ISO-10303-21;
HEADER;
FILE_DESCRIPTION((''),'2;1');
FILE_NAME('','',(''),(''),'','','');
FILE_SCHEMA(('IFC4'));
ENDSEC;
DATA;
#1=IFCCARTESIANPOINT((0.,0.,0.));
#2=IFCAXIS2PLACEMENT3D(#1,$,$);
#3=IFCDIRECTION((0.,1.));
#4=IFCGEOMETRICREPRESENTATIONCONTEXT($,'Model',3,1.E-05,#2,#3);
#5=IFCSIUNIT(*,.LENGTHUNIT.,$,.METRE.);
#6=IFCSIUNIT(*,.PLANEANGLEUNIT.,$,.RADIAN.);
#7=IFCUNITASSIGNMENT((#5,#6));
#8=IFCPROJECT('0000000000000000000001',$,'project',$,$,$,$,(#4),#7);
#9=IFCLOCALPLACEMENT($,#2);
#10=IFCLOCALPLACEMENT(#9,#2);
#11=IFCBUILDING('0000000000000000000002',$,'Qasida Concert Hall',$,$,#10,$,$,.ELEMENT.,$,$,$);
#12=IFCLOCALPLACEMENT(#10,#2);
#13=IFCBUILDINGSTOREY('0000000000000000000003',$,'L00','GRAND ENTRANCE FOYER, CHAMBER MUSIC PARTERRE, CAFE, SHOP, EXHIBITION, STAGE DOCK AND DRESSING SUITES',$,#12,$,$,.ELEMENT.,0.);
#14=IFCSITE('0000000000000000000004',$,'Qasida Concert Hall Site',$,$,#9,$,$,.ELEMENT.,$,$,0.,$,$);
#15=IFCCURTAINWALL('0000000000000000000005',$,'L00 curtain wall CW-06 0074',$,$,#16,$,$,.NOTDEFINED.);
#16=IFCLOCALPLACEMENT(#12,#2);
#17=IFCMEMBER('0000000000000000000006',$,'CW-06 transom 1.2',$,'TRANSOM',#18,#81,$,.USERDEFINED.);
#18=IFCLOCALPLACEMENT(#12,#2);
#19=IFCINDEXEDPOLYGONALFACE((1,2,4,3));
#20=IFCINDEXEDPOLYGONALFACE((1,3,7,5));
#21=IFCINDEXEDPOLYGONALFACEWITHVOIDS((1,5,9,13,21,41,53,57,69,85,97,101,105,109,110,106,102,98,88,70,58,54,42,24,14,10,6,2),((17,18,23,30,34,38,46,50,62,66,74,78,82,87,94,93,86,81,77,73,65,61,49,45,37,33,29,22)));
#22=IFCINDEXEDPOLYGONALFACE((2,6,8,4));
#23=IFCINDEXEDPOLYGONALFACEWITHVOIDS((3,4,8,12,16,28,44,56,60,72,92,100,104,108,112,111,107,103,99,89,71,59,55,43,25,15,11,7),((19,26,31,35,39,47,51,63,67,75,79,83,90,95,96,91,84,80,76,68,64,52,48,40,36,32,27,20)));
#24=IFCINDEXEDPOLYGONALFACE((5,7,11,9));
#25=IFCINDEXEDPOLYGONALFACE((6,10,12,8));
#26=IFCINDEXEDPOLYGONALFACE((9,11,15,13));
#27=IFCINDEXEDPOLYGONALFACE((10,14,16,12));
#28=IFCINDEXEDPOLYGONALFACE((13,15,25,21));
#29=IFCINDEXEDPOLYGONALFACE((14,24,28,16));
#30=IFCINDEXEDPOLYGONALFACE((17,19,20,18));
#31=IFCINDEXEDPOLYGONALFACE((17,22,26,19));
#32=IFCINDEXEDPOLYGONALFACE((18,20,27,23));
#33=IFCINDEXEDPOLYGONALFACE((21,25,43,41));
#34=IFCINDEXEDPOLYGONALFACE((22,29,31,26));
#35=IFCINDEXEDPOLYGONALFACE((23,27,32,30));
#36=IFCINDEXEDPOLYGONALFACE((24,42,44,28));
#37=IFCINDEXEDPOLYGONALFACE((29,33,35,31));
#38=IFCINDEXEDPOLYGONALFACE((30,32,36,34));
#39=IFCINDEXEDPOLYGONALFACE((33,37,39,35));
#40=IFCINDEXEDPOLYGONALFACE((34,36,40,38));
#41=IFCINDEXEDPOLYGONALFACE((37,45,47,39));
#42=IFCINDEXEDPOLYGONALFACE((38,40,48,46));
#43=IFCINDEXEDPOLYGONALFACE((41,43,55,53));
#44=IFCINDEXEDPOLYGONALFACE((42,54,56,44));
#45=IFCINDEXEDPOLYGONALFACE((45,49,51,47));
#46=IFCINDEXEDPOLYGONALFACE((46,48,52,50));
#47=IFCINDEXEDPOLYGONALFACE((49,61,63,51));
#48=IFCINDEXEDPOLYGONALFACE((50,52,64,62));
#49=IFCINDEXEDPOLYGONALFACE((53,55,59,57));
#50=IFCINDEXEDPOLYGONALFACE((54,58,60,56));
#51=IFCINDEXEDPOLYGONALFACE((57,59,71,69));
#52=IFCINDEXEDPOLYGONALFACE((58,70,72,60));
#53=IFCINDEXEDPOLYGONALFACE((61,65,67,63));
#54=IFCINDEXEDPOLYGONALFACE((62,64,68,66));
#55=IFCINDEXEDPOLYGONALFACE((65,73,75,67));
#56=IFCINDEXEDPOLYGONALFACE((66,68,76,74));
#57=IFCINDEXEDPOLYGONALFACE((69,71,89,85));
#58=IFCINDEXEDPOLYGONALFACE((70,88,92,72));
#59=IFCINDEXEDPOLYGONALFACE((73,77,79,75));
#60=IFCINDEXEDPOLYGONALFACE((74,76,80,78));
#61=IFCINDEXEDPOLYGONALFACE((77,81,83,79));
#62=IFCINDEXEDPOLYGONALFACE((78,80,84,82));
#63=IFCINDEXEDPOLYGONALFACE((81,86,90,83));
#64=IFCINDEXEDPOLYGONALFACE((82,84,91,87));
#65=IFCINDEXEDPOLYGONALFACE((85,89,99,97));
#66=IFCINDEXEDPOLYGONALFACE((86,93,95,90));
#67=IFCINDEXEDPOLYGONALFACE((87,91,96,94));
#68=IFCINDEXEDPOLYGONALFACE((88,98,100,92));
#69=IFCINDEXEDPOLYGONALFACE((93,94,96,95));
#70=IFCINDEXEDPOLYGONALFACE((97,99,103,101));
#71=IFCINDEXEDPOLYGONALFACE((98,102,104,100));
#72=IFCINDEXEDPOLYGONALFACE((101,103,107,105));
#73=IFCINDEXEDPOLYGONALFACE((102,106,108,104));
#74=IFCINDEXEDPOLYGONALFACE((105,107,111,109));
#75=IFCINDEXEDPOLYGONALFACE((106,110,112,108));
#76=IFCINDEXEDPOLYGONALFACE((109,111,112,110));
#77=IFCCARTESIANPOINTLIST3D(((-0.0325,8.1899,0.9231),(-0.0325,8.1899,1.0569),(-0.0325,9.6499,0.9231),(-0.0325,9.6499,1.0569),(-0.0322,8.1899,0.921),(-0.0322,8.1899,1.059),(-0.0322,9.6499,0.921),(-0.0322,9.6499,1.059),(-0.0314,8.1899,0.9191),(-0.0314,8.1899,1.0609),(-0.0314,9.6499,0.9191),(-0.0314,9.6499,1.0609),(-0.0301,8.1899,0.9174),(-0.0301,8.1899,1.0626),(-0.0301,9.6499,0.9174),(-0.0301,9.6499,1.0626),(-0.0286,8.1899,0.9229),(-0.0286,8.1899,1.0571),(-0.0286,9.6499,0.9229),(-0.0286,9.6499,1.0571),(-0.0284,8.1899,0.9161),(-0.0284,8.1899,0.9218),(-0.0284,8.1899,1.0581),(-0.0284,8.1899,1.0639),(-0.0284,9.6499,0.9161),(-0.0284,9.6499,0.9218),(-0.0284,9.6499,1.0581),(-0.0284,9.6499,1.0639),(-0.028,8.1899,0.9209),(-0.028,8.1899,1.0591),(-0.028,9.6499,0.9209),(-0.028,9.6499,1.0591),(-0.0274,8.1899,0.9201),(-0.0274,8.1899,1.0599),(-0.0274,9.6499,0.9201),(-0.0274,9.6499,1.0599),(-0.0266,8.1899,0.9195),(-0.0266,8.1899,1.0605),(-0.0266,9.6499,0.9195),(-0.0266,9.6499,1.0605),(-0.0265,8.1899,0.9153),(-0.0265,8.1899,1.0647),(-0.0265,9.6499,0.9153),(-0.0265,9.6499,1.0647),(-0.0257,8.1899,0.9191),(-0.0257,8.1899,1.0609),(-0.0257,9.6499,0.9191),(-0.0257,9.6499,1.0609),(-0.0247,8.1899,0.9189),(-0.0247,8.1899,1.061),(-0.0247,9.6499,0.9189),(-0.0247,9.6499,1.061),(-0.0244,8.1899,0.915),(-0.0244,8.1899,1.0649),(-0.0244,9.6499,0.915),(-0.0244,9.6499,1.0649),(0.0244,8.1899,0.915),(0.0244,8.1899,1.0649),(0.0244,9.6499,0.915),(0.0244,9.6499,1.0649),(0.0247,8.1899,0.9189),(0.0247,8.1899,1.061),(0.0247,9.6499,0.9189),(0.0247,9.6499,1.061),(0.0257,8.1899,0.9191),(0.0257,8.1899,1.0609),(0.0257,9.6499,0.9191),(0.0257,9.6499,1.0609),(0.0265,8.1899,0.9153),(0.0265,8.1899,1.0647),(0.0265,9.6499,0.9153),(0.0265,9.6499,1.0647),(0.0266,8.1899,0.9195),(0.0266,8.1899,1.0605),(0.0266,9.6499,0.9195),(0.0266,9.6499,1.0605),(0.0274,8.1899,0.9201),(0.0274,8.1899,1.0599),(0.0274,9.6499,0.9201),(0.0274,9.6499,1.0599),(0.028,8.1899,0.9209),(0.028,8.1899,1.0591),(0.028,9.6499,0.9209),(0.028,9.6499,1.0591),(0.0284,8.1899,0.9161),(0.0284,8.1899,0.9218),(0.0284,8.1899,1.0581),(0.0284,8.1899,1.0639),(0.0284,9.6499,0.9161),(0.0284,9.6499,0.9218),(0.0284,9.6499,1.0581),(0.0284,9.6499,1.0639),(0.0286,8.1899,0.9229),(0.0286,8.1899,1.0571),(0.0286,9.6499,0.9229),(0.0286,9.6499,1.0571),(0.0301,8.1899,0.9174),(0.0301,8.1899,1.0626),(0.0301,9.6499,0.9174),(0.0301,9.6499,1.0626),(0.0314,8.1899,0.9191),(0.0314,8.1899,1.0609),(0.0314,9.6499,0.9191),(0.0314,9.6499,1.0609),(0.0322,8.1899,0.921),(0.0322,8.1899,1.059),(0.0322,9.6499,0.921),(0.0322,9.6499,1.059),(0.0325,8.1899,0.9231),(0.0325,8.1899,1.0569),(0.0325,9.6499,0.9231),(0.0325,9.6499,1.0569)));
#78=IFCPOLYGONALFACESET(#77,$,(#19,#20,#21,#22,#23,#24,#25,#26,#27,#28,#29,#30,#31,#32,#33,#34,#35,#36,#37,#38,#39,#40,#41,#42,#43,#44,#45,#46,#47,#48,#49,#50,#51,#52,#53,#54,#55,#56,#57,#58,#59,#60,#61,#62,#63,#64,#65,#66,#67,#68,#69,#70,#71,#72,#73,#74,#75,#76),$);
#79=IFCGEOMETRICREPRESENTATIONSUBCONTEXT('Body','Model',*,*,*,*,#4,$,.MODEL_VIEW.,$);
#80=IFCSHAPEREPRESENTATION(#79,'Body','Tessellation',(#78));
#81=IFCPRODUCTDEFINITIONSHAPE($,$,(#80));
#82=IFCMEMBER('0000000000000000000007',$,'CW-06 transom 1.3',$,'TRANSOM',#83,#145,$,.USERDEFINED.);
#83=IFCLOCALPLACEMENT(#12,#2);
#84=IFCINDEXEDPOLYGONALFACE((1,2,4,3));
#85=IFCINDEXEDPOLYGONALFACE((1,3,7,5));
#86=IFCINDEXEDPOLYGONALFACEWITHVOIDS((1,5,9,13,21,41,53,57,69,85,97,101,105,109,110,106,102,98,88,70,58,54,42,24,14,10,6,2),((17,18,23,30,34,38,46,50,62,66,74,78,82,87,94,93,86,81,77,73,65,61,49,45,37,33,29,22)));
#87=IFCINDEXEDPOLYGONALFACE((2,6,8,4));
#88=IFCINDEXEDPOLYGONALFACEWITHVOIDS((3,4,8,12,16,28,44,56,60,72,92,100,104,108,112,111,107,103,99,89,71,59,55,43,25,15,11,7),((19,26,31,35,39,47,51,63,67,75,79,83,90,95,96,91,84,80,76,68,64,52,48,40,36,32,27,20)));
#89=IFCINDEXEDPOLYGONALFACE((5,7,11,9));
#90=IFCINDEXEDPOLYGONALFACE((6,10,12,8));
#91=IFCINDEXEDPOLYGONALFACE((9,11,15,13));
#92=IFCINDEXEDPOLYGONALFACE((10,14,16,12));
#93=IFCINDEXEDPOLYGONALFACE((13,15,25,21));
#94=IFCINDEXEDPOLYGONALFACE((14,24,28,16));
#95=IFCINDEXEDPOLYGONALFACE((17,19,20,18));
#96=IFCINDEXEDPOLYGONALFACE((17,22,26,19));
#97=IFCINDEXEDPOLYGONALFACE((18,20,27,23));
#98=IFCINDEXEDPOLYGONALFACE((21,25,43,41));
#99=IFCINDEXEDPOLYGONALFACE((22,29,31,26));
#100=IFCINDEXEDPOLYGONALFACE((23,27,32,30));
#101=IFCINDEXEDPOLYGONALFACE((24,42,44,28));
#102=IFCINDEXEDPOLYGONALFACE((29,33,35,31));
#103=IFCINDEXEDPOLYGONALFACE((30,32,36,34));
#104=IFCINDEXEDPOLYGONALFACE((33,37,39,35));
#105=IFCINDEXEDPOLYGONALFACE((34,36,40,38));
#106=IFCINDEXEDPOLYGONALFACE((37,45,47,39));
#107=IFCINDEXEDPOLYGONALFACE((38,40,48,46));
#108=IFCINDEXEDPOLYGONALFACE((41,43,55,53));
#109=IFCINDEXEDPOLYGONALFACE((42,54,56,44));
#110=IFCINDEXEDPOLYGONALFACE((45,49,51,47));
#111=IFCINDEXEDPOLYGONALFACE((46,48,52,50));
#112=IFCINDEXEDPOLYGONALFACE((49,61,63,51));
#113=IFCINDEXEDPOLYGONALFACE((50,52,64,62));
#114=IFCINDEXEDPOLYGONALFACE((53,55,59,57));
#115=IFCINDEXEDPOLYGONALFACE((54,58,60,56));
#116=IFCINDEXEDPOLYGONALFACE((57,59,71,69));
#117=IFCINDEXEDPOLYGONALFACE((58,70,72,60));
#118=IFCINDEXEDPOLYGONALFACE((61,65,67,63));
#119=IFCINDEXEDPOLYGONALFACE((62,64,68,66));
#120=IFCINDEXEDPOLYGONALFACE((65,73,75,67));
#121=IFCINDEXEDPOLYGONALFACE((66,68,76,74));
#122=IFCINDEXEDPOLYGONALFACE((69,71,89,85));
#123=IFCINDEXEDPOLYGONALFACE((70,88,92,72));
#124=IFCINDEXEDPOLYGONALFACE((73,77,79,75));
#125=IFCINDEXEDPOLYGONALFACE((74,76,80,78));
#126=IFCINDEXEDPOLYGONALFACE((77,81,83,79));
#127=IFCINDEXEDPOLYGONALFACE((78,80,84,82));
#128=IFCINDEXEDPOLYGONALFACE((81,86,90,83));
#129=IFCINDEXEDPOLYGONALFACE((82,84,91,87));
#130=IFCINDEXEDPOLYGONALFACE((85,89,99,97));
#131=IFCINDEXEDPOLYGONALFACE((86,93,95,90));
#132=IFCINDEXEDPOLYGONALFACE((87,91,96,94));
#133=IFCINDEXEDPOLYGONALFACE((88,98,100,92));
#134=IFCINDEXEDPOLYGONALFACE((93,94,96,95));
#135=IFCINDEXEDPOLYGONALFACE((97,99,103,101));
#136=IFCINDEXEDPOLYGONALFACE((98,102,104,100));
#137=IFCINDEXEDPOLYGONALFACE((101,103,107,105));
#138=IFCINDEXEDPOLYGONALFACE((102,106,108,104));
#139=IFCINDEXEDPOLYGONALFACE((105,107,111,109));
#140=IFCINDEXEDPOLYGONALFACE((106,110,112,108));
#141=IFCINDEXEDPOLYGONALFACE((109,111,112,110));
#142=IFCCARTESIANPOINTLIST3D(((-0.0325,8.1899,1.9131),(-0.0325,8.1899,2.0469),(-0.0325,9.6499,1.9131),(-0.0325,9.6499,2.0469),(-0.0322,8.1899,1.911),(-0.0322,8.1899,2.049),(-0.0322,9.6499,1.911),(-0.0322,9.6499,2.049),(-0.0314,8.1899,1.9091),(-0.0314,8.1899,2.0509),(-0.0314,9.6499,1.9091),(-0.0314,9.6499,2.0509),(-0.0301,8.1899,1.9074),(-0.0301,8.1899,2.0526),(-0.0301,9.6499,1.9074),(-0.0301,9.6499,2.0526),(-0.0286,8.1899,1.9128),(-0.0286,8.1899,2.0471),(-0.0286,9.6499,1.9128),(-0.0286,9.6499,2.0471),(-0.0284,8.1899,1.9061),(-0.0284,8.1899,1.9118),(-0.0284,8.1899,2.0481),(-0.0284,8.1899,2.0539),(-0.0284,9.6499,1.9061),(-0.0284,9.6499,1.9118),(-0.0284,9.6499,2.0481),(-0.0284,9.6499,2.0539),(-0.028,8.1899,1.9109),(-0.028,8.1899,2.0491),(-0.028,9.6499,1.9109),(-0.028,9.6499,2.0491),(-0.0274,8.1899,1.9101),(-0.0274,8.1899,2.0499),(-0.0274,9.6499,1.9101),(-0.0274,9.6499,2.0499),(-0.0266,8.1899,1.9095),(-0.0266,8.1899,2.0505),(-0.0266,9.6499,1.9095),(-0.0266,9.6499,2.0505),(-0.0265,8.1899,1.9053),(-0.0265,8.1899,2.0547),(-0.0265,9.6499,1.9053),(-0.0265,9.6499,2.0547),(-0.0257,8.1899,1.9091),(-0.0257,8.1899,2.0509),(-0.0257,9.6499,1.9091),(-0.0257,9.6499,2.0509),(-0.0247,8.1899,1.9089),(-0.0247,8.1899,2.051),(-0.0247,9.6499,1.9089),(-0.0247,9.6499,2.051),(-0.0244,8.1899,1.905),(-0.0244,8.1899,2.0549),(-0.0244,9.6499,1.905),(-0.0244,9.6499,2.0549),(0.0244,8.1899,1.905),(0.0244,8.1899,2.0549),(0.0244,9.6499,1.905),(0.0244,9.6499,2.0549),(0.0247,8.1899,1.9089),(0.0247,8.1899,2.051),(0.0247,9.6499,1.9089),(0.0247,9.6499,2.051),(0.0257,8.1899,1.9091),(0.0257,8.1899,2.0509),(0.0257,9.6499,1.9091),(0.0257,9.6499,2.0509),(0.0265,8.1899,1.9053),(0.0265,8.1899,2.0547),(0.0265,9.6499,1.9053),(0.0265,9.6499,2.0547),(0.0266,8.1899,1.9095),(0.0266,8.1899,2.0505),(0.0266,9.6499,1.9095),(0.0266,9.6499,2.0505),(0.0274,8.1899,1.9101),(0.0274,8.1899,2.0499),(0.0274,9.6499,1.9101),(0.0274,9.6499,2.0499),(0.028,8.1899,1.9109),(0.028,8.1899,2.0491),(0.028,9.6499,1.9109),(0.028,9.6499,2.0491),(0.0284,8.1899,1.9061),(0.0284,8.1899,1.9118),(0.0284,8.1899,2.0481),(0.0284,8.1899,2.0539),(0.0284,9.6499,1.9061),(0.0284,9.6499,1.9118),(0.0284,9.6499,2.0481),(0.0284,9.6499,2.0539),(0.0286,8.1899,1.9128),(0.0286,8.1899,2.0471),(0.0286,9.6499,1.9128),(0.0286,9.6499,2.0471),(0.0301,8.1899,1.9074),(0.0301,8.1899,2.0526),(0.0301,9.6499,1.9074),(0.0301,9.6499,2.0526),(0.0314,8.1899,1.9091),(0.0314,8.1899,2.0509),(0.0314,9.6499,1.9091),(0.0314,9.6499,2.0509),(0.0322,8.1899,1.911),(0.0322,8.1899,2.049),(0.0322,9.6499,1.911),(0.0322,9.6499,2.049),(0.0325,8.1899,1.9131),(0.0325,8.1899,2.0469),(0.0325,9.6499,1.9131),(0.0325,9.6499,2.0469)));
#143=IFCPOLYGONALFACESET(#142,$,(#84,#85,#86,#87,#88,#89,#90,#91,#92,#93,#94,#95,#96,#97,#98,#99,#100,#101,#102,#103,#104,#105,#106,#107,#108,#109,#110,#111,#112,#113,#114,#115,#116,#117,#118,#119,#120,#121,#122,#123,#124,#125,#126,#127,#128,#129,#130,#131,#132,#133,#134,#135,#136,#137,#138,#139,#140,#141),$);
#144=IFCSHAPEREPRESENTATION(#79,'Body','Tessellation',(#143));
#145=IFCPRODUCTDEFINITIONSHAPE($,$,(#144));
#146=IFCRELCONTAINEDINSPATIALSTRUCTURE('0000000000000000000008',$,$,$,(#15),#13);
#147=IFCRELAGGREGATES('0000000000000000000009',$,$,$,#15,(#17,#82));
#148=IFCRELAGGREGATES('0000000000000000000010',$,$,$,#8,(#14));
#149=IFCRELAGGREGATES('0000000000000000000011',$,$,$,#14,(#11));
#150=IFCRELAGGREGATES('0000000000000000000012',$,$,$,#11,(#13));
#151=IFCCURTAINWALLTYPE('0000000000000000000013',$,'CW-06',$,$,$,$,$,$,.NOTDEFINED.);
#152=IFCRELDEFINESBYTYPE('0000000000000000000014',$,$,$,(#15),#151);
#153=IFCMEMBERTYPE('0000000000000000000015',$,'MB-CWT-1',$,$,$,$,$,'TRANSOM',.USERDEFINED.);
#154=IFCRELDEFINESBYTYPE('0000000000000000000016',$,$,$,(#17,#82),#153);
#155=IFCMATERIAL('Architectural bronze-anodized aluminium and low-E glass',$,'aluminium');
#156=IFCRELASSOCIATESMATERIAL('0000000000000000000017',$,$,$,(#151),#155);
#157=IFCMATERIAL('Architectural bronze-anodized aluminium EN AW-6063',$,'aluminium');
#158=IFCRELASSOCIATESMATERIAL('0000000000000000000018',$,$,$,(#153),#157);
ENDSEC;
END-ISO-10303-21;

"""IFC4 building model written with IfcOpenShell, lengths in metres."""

from ifc_helpers import new_model, si_unit, direction, frame, origin, origin_2d, place, context, subcontext, project, spatial, hollow_rectangle, extrude, material, material_profile, profile_set, type_object, element, aggregate, save


model = new_model("IFC4")

# Units and contexts
model_context = context("Model", 3, precision=1e-05, world=origin(), true_north=direction((0.0, 1.0)))
body_context = subcontext(model_context, "Body", "Model", "MODEL_VIEW")
ifc_project = project(units=[si_unit("LENGTHUNIT", "METRE"), si_unit("PLANEANGLEUNIT", "RADIAN")], contexts=[model_context])

# Site, building, storey
site_placement = place(None, origin())
site = spatial("IfcSite", under=ifc_project, at=site_placement, Name="Qasida Concert Hall Site", CompositionType="ELEMENT", RefElevation=0.0)
building_placement = place(site_placement, origin())
building = spatial("IfcBuilding", under=site, at=building_placement, Name="Qasida Concert Hall", CompositionType="ELEMENT")
storey_placement = place(building_placement, origin())
storey = spatial("IfcBuildingStorey", under=building, at=storey_placement, Name="L00", Description="GRAND ENTRANCE FOYER, CHAMBER MUSIC PARTERRE, CAFE, SHOP, EXHIBITION, STAGE DOCK AND DRESSING SUITES", CompositionType="ELEMENT", Elevation=0.0)

# Curtain wall, members
ifc_material_1 = material(Name="Architectural bronze-anodized aluminium and low-E glass", Category="aluminium")
curtain_wall_type = type_object("IfcCurtainWallType", Name="CW-06", PredefinedType="NOTDEFINED", material=ifc_material_1)
curtain_wall_placement = place(storey_placement, origin())
curtain_wall = element("IfcCurtainWall", 1, at=curtain_wall_placement, inside=storey, type_object=curtain_wall_type, Name="L00 curtain wall CW-06 0074", PredefinedType="NOTDEFINED")
ifc_material_2 = material(Name="Architectural bronze-anodized aluminium EN AW-6063", Category="aluminium")
ifc_material_profile_1 = material_profile(ifc_material_2, hollow_rectangle(XDim=0.0649, YDim=0.1499, WallThickness=0.0039, InnerFilletRadius=0.0039, OuterFilletRadius=0.0081, at=origin_2d()), Name="CWT 150x65x4")
ifc_profile_set_1 = profile_set([ifc_material_profile_1], Name="Architectural bronze-anodized aluminium EN AW-6063")
member_type_1 = type_object("IfcMemberType", Name="MB-CWT-1", ElementType="TRANSOM", PredefinedType="USERDEFINED", material=ifc_profile_set_1)
member_1_placement = place(storey_placement, frame((0.0, 8.1899, 0.99), z_axis=(0.0, 1.0, 0.0), x_axis=(-1.0, 0.0, 0.0)))
member_1 = element("IfcMember", 2, at=member_1_placement, type_object=member_type_1, Name="CW-06 transom 1.2", ObjectType="TRANSOM", PredefinedType="USERDEFINED", context=body_context, shape_type="SweptSolid", body=[
    extrude(hollow_rectangle(XDim=0.0649, YDim=0.1499, WallThickness=0.0039, InnerFilletRadius=0.0039, OuterFilletRadius=0.0081, at=origin_2d()), origin(), (0.0, 0.0, 1.0), 1.46),
])
member_2_placement = place(storey_placement, frame((0.0, 8.1899, 1.98), z_axis=(0.0, 1.0, 0.0), x_axis=(-1.0, 0.0, 0.0)))
member_2 = element("IfcMember", 3, at=member_2_placement, type_object=member_type_1, Name="CW-06 transom 1.3", ObjectType="TRANSOM", PredefinedType="USERDEFINED", context=body_context, shape_type="SweptSolid", body=[
    extrude(hollow_rectangle(XDim=0.0649, YDim=0.1499, WallThickness=0.0039, InnerFilletRadius=0.0039, OuterFilletRadius=0.0081, at=origin_2d()), origin(), (0.0, 0.0, 1.0), 1.46),
])
aggregate(curtain_wall, [member_1, member_2])

save(model, "model.ifc")
